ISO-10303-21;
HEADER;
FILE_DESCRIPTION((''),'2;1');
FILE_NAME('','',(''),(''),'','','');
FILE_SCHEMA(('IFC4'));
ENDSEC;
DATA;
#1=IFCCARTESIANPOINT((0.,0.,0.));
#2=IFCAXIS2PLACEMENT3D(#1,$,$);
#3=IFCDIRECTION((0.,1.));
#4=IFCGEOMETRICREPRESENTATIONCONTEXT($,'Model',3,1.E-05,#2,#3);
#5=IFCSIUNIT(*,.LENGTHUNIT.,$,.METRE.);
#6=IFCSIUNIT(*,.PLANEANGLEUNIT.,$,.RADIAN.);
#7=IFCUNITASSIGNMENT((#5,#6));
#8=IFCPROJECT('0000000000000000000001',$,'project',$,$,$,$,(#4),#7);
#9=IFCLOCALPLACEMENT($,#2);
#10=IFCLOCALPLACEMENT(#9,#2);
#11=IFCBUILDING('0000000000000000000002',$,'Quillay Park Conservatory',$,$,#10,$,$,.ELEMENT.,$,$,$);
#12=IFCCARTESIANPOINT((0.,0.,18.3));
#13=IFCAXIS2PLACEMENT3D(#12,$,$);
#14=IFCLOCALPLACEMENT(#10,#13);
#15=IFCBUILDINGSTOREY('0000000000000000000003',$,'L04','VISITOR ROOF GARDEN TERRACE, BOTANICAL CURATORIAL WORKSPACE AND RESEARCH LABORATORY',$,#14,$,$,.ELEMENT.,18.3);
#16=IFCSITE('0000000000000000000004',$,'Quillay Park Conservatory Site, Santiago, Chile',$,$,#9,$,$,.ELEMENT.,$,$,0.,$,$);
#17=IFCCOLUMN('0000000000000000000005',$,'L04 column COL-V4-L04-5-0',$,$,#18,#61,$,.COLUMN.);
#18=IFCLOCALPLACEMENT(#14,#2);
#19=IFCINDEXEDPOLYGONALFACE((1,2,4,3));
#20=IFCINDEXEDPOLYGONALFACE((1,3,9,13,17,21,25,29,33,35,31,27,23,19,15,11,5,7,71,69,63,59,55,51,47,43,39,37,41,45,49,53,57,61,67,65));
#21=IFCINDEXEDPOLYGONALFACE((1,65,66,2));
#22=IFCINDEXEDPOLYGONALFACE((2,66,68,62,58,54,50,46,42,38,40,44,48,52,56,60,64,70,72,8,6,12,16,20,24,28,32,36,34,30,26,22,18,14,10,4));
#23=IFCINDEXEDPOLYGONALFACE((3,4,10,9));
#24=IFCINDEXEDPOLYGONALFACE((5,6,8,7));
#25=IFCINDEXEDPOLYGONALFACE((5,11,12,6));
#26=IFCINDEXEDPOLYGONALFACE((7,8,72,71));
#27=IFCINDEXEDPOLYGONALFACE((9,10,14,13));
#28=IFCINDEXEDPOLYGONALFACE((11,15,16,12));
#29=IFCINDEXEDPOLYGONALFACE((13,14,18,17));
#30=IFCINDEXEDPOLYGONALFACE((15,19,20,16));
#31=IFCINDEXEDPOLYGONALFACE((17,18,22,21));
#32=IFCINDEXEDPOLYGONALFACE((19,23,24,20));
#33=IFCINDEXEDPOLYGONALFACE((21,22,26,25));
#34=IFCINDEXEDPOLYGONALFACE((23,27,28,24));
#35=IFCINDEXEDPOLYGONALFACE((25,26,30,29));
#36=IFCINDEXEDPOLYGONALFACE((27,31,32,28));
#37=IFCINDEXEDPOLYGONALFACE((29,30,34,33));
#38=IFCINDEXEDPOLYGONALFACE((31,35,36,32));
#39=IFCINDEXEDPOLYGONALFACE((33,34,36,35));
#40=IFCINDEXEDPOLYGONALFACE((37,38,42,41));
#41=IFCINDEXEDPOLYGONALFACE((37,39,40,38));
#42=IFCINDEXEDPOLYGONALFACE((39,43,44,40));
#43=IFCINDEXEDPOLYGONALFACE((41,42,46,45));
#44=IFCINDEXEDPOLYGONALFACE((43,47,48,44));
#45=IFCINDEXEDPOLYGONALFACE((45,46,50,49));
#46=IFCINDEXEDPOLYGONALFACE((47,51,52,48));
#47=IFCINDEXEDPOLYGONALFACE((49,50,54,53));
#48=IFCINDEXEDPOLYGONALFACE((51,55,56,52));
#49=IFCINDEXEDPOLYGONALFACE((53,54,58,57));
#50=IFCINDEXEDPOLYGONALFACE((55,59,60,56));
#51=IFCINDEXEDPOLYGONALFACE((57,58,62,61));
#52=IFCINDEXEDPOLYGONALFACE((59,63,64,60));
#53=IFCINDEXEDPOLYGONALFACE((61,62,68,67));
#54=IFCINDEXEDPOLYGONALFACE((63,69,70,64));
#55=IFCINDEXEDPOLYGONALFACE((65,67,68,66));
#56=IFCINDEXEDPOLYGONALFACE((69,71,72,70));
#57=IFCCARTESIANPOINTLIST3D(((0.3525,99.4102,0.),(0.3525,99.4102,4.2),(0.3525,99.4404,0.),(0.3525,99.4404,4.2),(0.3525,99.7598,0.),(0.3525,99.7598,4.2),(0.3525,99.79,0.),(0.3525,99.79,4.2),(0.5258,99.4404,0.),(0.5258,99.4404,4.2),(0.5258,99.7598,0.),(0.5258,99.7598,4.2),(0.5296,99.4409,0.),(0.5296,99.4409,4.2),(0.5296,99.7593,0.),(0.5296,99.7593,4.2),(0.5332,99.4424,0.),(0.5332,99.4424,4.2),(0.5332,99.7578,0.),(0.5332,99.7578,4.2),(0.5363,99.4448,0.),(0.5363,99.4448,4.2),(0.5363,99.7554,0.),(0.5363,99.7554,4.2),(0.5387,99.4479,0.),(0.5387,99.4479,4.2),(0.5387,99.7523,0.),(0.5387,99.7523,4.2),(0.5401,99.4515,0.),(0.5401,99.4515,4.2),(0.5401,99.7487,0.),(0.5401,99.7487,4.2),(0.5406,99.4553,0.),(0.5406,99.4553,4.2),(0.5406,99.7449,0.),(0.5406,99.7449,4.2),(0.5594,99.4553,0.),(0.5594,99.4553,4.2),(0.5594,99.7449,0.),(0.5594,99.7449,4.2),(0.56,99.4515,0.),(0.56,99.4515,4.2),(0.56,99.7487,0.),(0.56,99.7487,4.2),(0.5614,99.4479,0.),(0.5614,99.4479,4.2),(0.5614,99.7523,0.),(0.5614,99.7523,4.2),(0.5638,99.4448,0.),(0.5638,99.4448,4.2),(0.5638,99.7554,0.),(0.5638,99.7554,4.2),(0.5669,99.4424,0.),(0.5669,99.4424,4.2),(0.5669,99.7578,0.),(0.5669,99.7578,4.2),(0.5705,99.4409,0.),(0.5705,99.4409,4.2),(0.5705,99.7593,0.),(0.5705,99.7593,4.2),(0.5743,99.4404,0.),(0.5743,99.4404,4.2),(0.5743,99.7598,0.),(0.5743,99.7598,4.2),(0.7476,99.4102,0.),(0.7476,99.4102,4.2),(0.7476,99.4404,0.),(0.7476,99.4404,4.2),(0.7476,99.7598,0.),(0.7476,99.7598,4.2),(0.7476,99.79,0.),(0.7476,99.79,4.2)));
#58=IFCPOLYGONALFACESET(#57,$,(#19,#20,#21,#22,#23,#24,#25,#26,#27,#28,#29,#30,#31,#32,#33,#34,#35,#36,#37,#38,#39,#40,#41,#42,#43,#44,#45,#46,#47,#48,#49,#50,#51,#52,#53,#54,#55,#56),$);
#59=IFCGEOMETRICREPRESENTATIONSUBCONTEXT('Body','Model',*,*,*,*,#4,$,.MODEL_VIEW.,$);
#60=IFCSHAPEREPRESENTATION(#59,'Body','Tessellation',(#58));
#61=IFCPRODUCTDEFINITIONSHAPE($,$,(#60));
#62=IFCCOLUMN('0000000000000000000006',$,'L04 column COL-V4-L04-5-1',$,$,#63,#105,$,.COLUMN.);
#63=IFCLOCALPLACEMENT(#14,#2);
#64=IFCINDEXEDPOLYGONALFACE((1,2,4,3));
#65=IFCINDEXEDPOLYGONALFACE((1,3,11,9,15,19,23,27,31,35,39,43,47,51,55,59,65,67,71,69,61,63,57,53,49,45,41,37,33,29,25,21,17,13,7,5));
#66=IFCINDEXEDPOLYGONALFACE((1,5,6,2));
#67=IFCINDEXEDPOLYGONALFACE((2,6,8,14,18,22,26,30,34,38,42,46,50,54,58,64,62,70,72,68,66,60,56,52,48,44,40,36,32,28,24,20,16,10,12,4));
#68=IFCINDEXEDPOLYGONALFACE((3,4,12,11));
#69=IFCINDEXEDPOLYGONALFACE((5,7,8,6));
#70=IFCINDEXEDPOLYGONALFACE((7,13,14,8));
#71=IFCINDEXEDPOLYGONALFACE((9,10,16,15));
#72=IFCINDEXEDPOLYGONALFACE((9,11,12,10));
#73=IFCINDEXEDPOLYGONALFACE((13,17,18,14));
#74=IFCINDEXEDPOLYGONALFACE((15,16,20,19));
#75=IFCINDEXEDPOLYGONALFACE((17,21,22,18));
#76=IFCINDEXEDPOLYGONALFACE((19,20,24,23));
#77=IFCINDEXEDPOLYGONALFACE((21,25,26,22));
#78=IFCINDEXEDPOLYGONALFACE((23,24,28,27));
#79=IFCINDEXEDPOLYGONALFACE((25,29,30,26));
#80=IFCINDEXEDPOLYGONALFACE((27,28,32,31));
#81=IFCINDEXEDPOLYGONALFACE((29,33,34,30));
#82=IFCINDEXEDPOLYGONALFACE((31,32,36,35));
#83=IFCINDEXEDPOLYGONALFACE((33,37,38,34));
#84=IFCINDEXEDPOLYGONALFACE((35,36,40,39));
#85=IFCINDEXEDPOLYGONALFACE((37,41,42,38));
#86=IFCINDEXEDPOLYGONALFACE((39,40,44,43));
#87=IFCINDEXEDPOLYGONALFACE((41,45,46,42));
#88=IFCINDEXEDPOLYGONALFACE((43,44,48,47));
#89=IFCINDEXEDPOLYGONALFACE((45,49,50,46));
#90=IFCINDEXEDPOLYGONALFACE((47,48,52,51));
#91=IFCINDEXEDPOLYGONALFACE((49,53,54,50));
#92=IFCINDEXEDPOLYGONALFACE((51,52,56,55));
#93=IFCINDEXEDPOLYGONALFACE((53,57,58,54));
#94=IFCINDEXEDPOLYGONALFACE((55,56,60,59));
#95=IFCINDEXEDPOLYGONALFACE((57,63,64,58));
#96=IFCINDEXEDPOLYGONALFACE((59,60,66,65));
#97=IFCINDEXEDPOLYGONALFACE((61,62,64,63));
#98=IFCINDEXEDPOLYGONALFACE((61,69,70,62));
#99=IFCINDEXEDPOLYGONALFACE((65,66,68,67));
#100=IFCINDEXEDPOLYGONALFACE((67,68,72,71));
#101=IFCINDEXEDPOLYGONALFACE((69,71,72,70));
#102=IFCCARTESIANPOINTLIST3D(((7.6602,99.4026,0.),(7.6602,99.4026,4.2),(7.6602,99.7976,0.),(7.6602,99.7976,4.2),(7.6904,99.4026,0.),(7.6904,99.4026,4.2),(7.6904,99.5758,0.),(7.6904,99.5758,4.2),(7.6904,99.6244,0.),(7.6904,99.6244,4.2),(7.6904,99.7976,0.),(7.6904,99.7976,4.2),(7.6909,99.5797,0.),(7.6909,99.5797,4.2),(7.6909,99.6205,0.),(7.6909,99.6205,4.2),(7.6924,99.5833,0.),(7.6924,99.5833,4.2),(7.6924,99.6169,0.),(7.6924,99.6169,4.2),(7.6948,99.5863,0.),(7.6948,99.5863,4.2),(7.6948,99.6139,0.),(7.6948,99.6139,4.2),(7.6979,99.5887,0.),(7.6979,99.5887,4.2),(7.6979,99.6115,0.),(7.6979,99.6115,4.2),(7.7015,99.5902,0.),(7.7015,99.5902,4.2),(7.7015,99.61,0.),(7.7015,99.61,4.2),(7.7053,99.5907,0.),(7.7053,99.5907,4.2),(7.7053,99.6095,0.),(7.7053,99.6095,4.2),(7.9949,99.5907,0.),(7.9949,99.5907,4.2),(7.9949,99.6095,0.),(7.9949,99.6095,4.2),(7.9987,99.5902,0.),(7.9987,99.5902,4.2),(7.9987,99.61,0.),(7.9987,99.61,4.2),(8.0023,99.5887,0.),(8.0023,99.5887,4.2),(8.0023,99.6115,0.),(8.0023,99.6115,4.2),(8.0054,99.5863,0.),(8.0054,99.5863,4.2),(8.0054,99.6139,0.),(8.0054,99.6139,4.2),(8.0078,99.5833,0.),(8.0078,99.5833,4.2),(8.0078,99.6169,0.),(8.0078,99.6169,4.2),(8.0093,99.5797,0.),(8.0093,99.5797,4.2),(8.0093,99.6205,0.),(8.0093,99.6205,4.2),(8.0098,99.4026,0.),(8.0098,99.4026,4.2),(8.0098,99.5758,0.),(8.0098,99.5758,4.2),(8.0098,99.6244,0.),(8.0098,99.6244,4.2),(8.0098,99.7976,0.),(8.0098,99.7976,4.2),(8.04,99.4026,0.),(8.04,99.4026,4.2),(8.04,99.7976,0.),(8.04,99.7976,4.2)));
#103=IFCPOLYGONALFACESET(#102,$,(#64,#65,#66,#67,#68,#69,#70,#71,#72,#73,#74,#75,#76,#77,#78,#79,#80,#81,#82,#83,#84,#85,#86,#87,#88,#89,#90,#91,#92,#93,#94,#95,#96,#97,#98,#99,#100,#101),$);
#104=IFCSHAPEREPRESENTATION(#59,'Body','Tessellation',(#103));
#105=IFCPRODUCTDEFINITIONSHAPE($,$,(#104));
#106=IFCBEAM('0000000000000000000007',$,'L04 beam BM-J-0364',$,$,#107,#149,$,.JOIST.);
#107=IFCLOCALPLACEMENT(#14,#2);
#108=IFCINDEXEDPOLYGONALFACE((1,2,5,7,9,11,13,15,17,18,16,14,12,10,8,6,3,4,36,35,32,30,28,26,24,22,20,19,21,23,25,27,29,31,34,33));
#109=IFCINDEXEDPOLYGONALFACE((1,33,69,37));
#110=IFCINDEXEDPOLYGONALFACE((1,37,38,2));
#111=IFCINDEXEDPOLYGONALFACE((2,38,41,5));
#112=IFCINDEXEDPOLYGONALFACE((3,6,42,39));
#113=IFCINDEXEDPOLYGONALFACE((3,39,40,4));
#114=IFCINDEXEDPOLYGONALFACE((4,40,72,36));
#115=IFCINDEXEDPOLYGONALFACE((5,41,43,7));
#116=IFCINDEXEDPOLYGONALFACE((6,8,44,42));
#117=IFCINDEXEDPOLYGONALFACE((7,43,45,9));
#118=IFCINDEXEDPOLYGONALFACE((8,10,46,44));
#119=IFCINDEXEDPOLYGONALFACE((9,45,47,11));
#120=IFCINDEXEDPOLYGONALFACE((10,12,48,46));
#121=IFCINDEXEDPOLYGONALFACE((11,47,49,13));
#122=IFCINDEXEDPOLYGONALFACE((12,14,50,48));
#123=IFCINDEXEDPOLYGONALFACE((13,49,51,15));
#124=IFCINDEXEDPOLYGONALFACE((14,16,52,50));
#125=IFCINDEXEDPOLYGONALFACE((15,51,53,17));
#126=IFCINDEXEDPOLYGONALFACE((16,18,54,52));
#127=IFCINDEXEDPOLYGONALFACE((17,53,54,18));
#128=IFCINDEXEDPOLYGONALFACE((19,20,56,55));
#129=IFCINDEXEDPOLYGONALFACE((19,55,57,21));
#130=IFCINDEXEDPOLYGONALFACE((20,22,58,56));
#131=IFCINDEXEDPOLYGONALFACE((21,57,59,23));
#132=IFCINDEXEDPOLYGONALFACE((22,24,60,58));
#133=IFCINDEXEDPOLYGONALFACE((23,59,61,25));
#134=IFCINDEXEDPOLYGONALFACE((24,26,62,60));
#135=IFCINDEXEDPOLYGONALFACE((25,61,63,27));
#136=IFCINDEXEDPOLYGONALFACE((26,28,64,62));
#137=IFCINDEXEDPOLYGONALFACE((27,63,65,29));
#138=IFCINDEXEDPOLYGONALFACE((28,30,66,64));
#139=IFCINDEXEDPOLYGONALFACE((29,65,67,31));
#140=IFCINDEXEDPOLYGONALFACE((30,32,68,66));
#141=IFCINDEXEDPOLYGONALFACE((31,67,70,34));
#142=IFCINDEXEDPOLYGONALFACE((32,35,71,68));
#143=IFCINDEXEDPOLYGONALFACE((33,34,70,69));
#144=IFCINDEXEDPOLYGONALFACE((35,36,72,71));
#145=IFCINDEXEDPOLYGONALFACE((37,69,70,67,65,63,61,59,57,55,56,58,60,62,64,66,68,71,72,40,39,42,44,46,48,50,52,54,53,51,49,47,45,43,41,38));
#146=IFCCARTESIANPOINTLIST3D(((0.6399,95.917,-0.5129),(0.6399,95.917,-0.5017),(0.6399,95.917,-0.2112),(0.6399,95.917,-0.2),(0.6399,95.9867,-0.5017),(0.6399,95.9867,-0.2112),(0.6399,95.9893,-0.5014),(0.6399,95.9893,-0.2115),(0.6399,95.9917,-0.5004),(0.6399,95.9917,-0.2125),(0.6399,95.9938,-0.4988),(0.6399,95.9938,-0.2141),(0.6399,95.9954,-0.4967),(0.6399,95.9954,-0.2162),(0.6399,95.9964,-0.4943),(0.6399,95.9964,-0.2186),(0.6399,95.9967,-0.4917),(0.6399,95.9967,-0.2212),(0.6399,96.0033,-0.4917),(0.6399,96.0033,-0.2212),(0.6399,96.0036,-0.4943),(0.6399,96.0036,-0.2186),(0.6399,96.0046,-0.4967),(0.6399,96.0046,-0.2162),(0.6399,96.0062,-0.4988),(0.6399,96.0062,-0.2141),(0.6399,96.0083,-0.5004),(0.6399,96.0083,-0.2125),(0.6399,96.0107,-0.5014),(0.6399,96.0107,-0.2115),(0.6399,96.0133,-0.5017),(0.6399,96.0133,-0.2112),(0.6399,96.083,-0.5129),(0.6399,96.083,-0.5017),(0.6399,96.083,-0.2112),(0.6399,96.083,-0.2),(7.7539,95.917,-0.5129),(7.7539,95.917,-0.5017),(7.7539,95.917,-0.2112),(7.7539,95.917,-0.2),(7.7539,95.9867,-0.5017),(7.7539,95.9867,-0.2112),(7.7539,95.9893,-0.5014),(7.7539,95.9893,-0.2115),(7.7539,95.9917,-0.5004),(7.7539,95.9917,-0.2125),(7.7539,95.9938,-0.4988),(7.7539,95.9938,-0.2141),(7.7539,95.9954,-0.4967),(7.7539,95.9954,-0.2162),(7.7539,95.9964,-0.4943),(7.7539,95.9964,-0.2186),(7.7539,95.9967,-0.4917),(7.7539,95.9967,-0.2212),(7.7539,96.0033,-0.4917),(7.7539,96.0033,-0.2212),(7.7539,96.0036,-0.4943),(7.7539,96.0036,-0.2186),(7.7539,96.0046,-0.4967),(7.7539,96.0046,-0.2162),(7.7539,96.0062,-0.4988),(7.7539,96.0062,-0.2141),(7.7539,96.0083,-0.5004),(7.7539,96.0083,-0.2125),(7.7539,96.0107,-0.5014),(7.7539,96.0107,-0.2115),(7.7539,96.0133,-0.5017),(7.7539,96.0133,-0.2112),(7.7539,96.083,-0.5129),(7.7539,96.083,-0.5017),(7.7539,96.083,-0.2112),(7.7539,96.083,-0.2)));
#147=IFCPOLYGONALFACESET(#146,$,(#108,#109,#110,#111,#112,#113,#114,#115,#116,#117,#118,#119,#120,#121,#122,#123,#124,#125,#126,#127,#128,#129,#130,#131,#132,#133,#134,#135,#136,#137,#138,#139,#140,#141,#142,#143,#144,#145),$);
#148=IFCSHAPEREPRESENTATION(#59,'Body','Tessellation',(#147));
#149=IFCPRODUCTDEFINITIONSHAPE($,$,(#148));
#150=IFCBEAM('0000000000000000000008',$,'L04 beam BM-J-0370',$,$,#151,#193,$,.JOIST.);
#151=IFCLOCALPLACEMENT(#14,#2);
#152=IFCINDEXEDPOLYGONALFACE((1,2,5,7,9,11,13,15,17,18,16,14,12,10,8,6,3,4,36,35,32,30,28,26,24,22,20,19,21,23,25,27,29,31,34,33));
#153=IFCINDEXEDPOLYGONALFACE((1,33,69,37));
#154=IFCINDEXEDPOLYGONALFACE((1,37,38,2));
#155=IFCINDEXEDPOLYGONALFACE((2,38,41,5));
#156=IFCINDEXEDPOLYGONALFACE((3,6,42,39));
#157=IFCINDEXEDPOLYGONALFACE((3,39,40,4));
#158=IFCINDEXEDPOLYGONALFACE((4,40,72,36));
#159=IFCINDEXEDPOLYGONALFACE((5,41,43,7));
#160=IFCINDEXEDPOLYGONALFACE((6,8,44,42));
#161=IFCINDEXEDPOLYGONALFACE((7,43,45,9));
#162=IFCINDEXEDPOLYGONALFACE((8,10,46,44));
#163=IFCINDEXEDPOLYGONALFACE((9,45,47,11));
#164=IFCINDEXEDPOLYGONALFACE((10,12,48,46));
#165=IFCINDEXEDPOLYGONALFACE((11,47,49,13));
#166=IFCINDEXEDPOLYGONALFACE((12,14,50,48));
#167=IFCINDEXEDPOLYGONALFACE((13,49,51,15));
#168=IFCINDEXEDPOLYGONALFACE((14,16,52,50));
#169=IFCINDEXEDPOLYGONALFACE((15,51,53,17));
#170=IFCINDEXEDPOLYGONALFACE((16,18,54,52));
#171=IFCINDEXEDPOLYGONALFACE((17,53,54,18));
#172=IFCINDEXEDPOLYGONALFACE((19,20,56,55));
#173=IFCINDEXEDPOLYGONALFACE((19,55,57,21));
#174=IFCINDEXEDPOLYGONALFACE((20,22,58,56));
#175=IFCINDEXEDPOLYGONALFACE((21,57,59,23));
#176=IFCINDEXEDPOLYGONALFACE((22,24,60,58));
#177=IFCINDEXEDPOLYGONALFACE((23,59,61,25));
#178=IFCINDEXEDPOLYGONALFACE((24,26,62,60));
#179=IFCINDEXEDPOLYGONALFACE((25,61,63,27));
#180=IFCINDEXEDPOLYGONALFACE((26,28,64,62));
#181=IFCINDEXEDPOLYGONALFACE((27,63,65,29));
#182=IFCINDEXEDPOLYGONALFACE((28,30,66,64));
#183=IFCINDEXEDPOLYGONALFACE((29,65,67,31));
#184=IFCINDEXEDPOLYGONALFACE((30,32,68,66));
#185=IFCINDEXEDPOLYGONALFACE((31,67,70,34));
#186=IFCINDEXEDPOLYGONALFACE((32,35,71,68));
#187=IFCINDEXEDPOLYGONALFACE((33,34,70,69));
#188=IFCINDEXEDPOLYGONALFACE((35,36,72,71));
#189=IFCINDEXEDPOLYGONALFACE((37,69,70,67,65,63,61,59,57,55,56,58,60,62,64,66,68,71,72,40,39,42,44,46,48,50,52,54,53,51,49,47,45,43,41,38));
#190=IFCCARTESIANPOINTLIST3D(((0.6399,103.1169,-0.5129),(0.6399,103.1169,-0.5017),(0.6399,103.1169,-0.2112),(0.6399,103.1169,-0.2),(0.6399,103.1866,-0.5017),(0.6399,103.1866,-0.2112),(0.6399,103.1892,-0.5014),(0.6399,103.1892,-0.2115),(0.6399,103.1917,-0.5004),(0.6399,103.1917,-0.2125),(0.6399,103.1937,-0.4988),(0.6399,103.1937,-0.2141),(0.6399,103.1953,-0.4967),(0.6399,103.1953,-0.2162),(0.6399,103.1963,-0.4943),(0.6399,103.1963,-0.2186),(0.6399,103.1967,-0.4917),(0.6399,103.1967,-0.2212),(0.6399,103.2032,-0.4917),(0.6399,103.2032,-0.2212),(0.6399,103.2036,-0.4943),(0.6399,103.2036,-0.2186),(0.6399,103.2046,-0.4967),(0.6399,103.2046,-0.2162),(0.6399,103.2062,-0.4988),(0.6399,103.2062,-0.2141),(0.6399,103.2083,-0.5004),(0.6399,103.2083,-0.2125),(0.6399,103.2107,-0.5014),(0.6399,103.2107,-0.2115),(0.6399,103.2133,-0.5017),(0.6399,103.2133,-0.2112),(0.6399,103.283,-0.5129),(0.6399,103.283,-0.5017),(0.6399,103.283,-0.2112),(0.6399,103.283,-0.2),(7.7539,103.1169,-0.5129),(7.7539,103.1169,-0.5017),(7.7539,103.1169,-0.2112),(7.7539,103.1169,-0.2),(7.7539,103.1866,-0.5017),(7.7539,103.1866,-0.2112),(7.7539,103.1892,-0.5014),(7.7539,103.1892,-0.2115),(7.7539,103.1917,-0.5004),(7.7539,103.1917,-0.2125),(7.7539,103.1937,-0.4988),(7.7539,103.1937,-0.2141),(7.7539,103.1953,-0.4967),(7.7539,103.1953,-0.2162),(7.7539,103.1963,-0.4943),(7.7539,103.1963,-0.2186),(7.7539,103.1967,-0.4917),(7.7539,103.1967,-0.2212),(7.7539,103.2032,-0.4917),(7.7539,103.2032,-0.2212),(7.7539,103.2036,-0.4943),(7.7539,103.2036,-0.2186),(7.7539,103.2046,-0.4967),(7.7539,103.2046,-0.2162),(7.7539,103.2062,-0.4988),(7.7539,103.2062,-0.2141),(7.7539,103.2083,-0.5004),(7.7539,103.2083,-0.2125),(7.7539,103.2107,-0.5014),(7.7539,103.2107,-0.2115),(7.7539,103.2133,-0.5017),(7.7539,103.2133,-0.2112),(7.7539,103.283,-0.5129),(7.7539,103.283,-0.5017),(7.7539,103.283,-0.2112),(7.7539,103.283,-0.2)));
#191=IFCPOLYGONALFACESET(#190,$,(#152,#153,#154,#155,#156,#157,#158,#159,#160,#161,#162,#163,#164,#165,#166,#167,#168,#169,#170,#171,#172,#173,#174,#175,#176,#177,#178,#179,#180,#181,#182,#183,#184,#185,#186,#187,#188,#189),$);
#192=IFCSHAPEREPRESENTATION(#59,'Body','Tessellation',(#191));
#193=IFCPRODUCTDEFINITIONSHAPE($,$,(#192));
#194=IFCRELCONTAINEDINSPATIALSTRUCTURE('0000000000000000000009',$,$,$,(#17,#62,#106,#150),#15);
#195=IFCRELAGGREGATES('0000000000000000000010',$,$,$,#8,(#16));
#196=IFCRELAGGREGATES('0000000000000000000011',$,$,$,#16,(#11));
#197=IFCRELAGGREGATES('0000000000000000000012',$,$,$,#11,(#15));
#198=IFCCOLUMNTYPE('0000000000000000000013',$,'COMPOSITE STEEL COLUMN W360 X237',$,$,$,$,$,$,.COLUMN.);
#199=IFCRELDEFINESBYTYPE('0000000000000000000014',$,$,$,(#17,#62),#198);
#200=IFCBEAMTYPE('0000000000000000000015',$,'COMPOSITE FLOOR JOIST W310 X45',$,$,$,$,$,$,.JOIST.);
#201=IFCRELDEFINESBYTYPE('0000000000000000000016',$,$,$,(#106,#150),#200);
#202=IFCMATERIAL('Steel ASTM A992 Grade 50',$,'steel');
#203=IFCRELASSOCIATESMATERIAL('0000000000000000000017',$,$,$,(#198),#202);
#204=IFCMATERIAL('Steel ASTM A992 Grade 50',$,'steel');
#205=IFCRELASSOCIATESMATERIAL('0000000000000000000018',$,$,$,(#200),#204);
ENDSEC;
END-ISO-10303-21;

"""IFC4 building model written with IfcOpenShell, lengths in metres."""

from ifc_helpers import new_model, si_unit, direction, frame, origin, origin_2d, place, context, subcontext, project, spatial, i_section, extrude, material, material_profile, profile_set, type_object, element, save


model = new_model("IFC4")

# Units and contexts
model_context = context("Model", 3, precision=1e-05, world=origin(), true_north=direction((0.0, 1.0)))
body_context = subcontext(model_context, "Body", "Model", "MODEL_VIEW")
ifc_project = project(units=[si_unit("LENGTHUNIT", "METRE"), si_unit("PLANEANGLEUNIT", "RADIAN")], contexts=[model_context])

# Site, building, storey
site_placement = place(None, origin())
site = spatial("IfcSite", under=ifc_project, at=site_placement, Name="Quillay Park Conservatory Site, Santiago, Chile", CompositionType="ELEMENT", RefElevation=0.0)
building_placement = place(site_placement, origin())
building = spatial("IfcBuilding", under=site, at=building_placement, Name="Quillay Park Conservatory", CompositionType="ELEMENT")
storey_placement = place(building_placement, frame((0.0, 0.0, 18.3)))
storey = spatial("IfcBuildingStorey", under=building, at=storey_placement, Name="L04", Description="VISITOR ROOF GARDEN TERRACE, BOTANICAL CURATORIAL WORKSPACE AND RESEARCH LABORATORY", CompositionType="ELEMENT", Elevation=18.3)

# Columns
ifc_material_1 = material(Name="Steel ASTM A992 Grade 50", Category="steel")
ifc_material_profile_1 = material_profile(ifc_material_1, i_section(OverallWidth=0.395, OverallDepth=0.3799, WebThickness=0.0188, FlangeThickness=0.0303, FilletRadius=0.0149, at=origin_2d()), Name="W360x237")
ifc_profile_set_1 = profile_set([ifc_material_profile_1], Name="Steel ASTM A992 Grade 50")
column_type = type_object("IfcColumnType", Name="COMPOSITE STEEL COLUMN W360 X237", PredefinedType="COLUMN", material=ifc_profile_set_1)
for number, where, z_axis, x_axis, name in (
    (1, (0.55, 99.6001, 0.0), (0.0, 0.0, 1.0), (1.0, 0.0, 0.0), "L04 column COL-V4-L04-5-0"),
    (2, (7.8501, 99.6001, 0.0), (0.0, 0.0, 1.0), (0.0, 1.0, 0.0), "L04 column COL-V4-L04-5-1"),
):
    element("IfcColumn", number, at=place(storey_placement, frame(where, z_axis=z_axis, x_axis=x_axis)), inside=storey, type_object=column_type, Name=name, PredefinedType="COLUMN", context=body_context, shape_type="SweptSolid", body=[
        extrude(i_section(OverallWidth=0.395, OverallDepth=0.3799, WebThickness=0.0188, FlangeThickness=0.0303, FilletRadius=0.0149, at=origin_2d()), origin(), (0.0, 0.0, 1.0), 4.2),
    ])

# Beams
ifc_material_2 = material(Name="Steel ASTM A992 Grade 50", Category="steel")
ifc_material_profile_2 = material_profile(ifc_material_2, i_section(OverallWidth=0.166, OverallDepth=0.313, WebThickness=0.0066, FlangeThickness=0.0112, FilletRadius=0.01, at=origin_2d()), Name="W310x45")
ifc_profile_set_2 = profile_set([ifc_material_profile_2], Name="Steel ASTM A992 Grade 50")
beam_type_1 = type_object("IfcBeamType", Name="COMPOSITE FLOOR JOIST W310 X45", PredefinedType="JOIST", material=ifc_profile_set_2)
for number, where, z_axis, x_axis, name in (
    (3, (0.6399, 96.0, -0.3564), (1.0, 0.0, 0.0), (0.0, 1.0, 0.0), "L04 beam BM-J-0364"),
    (4, (0.6399, 103.2, -0.3564), (1.0, 0.0, 0.0), (0.0, 1.0, 0.0), "L04 beam BM-J-0370"),
):
    element("IfcBeam", number, at=place(storey_placement, frame(where, z_axis=z_axis, x_axis=x_axis)), inside=storey, type_object=beam_type_1, Name=name, PredefinedType="JOIST", context=body_context, shape_type="SweptSolid", body=[
        extrude(i_section(OverallWidth=0.166, OverallDepth=0.313, WebThickness=0.0066, FlangeThickness=0.0112, FilletRadius=0.01, at=origin_2d()), origin(), (0.0, 0.0, 1.0), 7.114),
    ])

save(model, "model.ifc")
